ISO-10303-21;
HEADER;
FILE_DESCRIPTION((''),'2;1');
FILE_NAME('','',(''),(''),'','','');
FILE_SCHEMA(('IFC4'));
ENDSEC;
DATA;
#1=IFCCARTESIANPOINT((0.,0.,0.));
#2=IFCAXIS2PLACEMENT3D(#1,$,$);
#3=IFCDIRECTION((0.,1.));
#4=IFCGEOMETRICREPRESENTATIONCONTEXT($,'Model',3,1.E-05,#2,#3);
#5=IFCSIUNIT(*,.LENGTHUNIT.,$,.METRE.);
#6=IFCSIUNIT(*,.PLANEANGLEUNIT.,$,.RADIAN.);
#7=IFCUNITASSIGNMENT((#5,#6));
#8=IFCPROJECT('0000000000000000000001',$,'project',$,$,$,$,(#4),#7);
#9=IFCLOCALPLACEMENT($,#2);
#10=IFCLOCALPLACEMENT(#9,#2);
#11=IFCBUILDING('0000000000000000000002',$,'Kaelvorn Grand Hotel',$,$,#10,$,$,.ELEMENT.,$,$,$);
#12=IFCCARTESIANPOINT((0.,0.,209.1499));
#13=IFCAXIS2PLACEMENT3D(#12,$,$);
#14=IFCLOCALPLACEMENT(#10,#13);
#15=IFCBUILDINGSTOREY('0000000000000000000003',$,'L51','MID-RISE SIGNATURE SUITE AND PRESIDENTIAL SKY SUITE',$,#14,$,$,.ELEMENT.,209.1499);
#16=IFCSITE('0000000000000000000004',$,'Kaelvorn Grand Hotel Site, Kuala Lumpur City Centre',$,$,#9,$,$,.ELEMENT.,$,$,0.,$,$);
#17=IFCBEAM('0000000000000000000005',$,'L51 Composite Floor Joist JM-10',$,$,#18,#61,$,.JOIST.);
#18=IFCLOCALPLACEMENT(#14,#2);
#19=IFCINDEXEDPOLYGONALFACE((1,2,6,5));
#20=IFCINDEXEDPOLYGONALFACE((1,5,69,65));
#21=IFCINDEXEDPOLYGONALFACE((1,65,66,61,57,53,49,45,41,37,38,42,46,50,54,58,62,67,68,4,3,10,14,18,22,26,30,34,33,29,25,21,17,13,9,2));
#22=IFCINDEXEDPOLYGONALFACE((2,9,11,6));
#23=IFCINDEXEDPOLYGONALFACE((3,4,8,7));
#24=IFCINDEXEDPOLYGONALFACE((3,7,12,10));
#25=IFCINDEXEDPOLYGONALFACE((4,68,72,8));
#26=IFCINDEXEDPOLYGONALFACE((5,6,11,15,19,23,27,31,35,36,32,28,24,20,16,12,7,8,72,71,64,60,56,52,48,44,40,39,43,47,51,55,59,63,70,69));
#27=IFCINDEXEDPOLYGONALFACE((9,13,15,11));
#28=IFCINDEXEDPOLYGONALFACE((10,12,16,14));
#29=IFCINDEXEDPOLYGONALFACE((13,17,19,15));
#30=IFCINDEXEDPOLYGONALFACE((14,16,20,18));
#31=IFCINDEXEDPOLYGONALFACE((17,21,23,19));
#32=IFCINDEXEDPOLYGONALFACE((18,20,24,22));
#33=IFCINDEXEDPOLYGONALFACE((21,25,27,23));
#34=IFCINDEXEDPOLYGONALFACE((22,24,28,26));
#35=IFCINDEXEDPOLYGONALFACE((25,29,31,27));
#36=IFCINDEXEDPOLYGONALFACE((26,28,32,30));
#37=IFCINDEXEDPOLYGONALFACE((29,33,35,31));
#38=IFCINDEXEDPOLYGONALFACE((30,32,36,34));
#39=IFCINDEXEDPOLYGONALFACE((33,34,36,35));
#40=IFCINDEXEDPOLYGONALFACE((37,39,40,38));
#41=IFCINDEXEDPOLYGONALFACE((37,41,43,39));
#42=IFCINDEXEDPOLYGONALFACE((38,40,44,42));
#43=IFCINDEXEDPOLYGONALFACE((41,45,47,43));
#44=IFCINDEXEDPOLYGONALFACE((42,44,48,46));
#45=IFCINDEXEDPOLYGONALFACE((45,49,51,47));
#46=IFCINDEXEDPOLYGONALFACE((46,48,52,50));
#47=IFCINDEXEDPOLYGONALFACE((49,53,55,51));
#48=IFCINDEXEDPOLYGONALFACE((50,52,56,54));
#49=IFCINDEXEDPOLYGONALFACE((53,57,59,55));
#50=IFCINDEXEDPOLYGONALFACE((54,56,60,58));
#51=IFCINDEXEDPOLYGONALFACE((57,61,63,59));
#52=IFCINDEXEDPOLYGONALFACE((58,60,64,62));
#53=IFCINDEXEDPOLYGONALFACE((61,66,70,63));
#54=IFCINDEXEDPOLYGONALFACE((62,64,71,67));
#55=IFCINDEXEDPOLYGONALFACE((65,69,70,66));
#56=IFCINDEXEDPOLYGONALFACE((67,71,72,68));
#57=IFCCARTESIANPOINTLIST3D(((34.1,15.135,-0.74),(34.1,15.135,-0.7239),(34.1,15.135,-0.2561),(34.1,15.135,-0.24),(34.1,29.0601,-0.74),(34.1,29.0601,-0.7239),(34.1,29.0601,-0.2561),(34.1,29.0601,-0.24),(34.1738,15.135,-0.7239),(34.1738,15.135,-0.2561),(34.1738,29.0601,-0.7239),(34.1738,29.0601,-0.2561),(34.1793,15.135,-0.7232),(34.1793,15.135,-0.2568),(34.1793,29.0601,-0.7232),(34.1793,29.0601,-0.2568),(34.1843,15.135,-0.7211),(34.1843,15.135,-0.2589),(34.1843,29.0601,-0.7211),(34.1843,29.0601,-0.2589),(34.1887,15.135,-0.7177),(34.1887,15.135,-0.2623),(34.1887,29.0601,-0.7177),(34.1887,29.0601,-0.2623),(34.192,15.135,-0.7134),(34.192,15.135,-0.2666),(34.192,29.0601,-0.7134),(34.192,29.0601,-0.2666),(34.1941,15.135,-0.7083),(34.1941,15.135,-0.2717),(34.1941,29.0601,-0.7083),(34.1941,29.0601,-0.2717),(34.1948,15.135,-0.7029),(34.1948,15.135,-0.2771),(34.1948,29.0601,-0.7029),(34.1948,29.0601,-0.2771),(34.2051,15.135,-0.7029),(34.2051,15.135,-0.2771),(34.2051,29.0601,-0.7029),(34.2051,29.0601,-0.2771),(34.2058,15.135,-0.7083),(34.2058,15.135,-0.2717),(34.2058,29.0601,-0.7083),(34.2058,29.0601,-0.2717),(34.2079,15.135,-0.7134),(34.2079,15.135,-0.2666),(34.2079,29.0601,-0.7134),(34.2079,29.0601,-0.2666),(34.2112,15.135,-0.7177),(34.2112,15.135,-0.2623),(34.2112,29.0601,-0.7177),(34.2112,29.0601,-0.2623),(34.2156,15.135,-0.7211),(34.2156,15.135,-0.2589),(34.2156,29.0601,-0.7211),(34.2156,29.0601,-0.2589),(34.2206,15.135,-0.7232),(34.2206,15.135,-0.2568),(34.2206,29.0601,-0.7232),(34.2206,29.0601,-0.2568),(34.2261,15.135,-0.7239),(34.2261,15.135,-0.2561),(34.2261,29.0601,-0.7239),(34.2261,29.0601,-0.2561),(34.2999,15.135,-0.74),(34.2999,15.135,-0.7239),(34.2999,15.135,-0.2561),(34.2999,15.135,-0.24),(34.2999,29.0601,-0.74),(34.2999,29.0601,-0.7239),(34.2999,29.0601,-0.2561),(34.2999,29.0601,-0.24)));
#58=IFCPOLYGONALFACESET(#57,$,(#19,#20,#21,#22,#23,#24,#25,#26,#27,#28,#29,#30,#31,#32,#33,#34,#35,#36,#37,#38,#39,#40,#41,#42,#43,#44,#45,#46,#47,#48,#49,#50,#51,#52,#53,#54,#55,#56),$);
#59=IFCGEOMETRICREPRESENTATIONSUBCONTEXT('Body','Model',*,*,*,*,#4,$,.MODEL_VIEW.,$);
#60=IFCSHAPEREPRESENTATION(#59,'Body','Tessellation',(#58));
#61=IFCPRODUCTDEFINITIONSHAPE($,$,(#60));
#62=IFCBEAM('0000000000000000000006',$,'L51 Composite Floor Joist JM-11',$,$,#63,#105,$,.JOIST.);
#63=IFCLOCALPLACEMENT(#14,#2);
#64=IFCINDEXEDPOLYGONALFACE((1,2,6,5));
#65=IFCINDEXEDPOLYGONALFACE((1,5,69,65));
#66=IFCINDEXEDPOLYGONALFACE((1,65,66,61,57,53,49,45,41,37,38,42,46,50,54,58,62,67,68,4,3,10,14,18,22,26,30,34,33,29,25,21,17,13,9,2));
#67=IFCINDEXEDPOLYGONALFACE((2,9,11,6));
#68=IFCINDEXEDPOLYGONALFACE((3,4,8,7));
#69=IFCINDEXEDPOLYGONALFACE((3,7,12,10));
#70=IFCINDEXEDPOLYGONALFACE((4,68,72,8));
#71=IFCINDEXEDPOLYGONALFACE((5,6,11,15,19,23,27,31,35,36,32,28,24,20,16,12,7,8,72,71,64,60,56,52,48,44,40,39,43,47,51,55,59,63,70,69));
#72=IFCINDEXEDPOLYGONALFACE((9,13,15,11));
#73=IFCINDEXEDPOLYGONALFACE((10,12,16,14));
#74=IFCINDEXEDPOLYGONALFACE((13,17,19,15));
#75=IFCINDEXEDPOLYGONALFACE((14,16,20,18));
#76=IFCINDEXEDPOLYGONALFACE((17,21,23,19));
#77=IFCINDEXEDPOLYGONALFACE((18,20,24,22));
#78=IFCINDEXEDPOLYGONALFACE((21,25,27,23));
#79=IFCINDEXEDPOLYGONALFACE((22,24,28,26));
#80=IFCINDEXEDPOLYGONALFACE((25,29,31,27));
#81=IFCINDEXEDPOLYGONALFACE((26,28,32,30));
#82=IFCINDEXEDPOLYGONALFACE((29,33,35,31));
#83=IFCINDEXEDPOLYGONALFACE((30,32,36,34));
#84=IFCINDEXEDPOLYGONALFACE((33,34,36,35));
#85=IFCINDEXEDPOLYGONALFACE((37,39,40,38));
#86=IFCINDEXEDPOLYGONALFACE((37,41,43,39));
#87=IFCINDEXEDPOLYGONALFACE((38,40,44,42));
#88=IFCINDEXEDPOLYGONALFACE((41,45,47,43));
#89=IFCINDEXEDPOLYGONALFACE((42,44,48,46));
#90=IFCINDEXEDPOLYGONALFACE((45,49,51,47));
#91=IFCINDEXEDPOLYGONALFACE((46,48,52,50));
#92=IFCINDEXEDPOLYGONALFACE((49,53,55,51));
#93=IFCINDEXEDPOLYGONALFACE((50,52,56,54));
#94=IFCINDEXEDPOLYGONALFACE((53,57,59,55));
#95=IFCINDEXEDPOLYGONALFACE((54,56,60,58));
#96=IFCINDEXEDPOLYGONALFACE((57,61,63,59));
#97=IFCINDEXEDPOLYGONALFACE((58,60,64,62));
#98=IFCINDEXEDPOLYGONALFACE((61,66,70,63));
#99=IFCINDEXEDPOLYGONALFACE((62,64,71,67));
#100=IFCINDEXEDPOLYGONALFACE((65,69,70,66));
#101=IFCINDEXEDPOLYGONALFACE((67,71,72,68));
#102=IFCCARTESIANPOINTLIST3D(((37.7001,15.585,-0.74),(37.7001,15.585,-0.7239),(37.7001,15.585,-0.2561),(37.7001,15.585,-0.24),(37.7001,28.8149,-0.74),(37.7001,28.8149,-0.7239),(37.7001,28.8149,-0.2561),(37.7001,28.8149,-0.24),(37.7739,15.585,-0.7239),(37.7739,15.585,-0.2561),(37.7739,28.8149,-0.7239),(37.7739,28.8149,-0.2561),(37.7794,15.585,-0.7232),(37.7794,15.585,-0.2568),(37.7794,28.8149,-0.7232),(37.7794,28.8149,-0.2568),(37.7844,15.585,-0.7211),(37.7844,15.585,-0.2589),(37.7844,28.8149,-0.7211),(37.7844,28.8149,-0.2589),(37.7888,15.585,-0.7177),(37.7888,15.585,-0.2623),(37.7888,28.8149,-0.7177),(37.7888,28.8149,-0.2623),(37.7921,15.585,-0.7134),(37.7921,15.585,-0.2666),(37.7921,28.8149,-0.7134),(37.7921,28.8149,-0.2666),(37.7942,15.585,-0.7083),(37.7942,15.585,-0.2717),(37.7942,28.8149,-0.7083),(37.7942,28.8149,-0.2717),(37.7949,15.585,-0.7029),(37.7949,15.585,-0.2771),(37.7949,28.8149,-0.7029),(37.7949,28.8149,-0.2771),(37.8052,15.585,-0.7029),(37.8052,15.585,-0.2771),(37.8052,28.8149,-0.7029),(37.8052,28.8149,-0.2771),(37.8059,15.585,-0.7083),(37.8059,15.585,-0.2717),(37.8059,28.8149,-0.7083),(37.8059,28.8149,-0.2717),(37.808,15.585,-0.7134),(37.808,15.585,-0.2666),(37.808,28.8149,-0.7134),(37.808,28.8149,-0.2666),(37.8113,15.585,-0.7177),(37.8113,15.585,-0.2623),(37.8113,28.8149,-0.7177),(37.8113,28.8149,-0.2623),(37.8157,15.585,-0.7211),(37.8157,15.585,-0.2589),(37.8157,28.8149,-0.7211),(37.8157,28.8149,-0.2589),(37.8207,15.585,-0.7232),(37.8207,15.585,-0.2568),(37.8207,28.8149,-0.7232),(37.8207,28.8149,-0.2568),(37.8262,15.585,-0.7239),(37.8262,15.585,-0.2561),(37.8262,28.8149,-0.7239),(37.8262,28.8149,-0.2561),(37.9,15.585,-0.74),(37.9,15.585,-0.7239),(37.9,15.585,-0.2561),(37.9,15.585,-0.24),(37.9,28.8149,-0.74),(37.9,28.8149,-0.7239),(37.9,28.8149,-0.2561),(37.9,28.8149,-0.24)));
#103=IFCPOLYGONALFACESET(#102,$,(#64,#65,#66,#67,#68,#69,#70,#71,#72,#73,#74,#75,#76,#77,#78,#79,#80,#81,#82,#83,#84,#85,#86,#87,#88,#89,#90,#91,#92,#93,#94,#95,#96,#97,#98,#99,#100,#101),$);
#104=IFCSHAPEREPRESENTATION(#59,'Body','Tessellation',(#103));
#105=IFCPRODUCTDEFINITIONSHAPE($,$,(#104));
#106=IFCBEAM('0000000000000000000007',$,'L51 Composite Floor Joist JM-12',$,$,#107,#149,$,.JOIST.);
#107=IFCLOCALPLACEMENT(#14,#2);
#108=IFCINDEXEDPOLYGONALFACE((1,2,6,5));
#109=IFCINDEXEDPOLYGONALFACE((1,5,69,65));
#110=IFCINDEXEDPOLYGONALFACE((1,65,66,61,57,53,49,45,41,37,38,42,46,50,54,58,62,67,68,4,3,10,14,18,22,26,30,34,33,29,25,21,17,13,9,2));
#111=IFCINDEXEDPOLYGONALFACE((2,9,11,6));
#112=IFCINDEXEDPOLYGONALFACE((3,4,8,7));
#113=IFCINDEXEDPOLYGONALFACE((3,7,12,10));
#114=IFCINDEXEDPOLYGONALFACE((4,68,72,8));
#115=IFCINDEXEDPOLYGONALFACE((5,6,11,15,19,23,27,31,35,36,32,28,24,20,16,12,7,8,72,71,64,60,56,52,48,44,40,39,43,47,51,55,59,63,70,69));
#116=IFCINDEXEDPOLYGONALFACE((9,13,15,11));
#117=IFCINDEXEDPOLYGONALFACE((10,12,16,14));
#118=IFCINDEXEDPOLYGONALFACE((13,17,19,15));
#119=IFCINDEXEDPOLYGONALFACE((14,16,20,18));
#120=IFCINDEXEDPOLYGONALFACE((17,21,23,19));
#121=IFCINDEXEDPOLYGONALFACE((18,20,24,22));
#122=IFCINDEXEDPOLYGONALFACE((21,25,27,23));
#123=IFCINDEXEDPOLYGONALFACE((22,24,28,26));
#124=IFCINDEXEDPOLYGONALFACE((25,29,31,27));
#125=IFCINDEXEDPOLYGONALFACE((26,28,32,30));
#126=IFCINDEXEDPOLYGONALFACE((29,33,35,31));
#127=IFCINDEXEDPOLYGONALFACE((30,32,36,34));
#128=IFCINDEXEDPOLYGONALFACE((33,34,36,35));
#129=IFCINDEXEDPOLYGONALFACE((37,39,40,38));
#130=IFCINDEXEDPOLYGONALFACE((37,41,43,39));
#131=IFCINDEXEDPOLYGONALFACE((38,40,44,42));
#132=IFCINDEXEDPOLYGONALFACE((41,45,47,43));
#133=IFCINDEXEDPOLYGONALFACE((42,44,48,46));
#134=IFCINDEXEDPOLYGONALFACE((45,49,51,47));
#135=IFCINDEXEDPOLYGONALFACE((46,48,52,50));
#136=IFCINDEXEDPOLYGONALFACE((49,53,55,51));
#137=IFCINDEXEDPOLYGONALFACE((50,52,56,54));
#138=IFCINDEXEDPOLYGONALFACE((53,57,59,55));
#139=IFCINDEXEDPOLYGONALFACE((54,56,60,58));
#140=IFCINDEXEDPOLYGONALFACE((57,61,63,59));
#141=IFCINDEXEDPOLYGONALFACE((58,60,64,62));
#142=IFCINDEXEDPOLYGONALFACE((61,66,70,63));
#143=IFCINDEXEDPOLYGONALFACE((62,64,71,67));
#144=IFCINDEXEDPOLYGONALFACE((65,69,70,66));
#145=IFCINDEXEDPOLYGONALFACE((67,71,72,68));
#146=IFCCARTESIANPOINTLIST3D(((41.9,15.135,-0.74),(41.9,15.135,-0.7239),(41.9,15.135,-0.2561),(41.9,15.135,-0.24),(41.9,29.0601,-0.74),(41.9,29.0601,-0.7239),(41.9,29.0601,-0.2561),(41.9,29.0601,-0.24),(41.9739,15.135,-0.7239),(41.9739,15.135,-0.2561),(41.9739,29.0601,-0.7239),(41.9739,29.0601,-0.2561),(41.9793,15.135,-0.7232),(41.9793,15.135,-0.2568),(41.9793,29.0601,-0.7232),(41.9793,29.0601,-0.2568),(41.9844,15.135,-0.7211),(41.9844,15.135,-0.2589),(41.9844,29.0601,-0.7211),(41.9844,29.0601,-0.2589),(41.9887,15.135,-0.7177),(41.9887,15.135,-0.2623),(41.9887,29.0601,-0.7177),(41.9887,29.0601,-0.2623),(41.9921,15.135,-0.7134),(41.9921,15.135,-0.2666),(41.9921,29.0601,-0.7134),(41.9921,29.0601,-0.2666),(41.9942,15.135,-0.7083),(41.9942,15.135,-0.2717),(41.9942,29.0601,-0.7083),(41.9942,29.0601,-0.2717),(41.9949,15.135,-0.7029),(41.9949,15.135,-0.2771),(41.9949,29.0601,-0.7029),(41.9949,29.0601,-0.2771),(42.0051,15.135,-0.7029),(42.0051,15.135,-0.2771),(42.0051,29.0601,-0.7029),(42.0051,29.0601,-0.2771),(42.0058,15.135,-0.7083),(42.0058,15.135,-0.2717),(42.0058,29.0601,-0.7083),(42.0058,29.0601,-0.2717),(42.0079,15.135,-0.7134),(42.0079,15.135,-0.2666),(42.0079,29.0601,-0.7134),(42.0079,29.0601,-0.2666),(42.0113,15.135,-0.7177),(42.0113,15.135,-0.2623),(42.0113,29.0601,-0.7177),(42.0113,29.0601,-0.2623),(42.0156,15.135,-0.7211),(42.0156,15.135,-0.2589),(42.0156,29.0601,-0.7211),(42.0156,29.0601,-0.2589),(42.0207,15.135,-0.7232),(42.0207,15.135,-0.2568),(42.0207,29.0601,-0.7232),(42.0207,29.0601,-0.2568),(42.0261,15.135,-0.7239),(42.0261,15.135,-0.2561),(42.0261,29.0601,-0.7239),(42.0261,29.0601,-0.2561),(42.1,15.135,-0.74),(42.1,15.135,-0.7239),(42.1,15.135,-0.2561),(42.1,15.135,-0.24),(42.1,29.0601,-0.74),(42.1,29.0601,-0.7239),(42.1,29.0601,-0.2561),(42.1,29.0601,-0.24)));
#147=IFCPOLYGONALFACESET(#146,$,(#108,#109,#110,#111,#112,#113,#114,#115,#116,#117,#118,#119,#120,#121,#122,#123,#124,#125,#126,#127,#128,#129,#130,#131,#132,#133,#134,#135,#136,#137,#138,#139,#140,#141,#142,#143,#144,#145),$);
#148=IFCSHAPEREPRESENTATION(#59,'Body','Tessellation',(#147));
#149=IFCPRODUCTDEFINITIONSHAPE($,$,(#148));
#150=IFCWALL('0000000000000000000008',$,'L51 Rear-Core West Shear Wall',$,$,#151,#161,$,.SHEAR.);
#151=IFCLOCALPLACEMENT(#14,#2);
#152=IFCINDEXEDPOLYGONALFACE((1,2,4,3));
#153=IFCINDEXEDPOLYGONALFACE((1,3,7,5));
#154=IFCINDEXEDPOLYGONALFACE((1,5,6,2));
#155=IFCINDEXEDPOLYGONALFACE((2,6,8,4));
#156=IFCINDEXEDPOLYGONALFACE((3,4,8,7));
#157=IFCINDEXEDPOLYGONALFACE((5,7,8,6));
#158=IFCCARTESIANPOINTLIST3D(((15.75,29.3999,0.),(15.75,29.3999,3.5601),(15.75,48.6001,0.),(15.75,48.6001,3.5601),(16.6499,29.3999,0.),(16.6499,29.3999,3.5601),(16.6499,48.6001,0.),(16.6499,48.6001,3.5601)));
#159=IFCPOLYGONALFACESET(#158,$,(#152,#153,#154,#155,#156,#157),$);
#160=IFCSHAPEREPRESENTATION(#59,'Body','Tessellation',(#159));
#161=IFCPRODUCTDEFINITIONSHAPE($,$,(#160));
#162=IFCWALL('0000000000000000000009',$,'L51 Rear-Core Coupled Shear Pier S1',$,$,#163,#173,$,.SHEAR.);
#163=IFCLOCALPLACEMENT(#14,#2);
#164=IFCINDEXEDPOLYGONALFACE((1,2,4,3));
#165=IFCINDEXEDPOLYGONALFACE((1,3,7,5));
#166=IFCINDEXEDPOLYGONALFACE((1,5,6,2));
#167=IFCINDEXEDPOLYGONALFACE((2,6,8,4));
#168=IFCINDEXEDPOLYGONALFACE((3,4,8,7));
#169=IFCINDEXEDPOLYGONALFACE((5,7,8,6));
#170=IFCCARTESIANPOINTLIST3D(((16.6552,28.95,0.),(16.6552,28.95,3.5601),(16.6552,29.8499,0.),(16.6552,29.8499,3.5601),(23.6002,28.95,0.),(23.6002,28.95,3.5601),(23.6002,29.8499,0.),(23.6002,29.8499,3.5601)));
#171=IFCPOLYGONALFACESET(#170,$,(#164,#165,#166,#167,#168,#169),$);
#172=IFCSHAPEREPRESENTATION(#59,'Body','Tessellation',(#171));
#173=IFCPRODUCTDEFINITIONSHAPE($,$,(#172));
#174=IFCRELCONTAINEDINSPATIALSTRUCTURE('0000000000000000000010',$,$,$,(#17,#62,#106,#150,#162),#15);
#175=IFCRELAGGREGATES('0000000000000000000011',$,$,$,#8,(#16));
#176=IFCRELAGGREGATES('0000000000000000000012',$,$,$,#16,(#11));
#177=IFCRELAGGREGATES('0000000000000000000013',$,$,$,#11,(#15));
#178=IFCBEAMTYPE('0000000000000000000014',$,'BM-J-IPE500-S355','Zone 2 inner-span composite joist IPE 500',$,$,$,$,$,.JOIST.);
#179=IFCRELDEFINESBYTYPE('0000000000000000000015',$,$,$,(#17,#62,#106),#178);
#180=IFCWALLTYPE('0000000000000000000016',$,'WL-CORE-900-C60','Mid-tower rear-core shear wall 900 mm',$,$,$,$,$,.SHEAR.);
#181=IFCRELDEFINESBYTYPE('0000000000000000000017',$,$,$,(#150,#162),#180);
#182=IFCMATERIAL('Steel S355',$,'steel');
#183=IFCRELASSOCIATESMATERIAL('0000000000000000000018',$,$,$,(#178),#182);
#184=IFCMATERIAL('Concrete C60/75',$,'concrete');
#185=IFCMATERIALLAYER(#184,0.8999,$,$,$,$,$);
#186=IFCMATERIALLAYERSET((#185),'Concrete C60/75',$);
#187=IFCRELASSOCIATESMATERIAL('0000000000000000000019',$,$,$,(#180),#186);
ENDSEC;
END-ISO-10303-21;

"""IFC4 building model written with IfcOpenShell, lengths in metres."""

from ifc_helpers import new_model, si_unit, direction, frame, frame_2d, origin, origin_2d, place, context, subcontext, project, spatial, rectangle, i_section, extrude, material, layer, layer_set, material_profile, profile_set, type_object, element, save


model = new_model("IFC4")

# Units and contexts
model_context = context("Model", 3, precision=1e-05, world=origin(), true_north=direction((0.0, 1.0)))
body_context = subcontext(model_context, "Body", "Model", "MODEL_VIEW")
ifc_project = project(units=[si_unit("LENGTHUNIT", "METRE"), si_unit("PLANEANGLEUNIT", "RADIAN")], contexts=[model_context])

# Site, building, storey
site_placement = place(None, origin())
site = spatial("IfcSite", under=ifc_project, at=site_placement, Name="Kaelvorn Grand Hotel Site, Kuala Lumpur City Centre", CompositionType="ELEMENT", RefElevation=0.0)
building_placement = place(site_placement, origin())
building = spatial("IfcBuilding", under=site, at=building_placement, Name="Kaelvorn Grand Hotel", CompositionType="ELEMENT")
storey_placement = place(building_placement, frame((0.0, 0.0, 209.1499)))
storey = spatial("IfcBuildingStorey", under=building, at=storey_placement, Name="L51", Description="MID-RISE SIGNATURE SUITE AND PRESIDENTIAL SKY SUITE", CompositionType="ELEMENT", Elevation=209.1499)

# Shared definitions
ifc_material_1 = material(Name="Concrete C60/75", Category="concrete")

# Beams
ifc_material_2 = material(Name="Steel S355", Category="steel")
ifc_material_profile_1 = material_profile(ifc_material_2, i_section(OverallWidth=0.2, OverallDepth=0.5, WebThickness=0.0103, FlangeThickness=0.0161, FilletRadius=0.021, at=origin_2d()), Name="IPE 500")
ifc_profile_set_1 = profile_set([ifc_material_profile_1], Name="Steel S355")
beam_type_1 = type_object("IfcBeamType", Name="BM-J-IPE500-S355", Description="Zone 2 inner-span composite joist IPE 500", PredefinedType="JOIST", material=ifc_profile_set_1)
beam_1_placement = place(storey_placement, frame((34.2, 15.135, -0.49), z_axis=(0.0, 1.0, 0.0), x_axis=(-1.0, 0.0, 0.0)))
element("IfcBeam", 1, at=beam_1_placement, inside=storey, type_object=beam_type_1, Name="L51 Composite Floor Joist JM-10", PredefinedType="JOIST", context=body_context, shape_type="SweptSolid", body=[
    extrude(i_section(OverallWidth=0.2, OverallDepth=0.5, WebThickness=0.0103, FlangeThickness=0.0161, FilletRadius=0.021, at=origin_2d()), origin(), (0.0, 0.0, 1.0), 13.925),
])
beam_2_placement = place(storey_placement, frame((37.8, 15.585, -0.49), z_axis=(0.0, 1.0, 0.0), x_axis=(-1.0, 0.0, 0.0)))
element("IfcBeam", 2, at=beam_2_placement, inside=storey, type_object=beam_type_1, Name="L51 Composite Floor Joist JM-11", PredefinedType="JOIST", context=body_context, shape_type="SweptSolid", body=[
    extrude(i_section(OverallWidth=0.2, OverallDepth=0.5, WebThickness=0.0103, FlangeThickness=0.0161, FilletRadius=0.021, at=origin_2d()), origin(), (0.0, 0.0, 1.0), 13.23),
])
beam_3_placement = place(storey_placement, frame((42.0, 15.135, -0.49), z_axis=(0.0, 1.0, 0.0), x_axis=(-1.0, 0.0, 0.0)))
element("IfcBeam", 3, at=beam_3_placement, inside=storey, type_object=beam_type_1, Name="L51 Composite Floor Joist JM-12", PredefinedType="JOIST", context=body_context, shape_type="SweptSolid", body=[
    extrude(i_section(OverallWidth=0.2, OverallDepth=0.5, WebThickness=0.0103, FlangeThickness=0.0161, FilletRadius=0.021, at=origin_2d()), origin(), (0.0, 0.0, 1.0), 13.925),
])

# Walls
ifc_layer_1 = layer(ifc_material_1, 0.8999)
ifc_layer_set_1 = layer_set([ifc_layer_1], Name="Concrete C60/75")
wall_type_1 = type_object("IfcWallType", Name="WL-CORE-900-C60", Description="Mid-tower rear-core shear wall 900 mm", PredefinedType="SHEAR", material=ifc_layer_set_1)
wall_1_placement = place(storey_placement, frame((16.2, 29.3999, 0.0), z_axis=(0.0, 0.0, 1.0), x_axis=(0.0, 1.0, 0.0)))
element("IfcWall", 4, at=wall_1_placement, inside=storey, type_object=wall_type_1, Name="L51 Rear-Core West Shear Wall", PredefinedType="SHEAR", context=body_context, shape_type="SweptSolid", body=[
    extrude(rectangle(XDim=19.2002, YDim=0.8999, at=frame_2d((9.6001, 0.0))), origin(), (0.0, 0.0, 1.0), 3.5601),
])
wall_2_placement = place(storey_placement, frame((16.655, 29.3999, 0.0), z_axis=(0.0, 0.0, 1.0), x_axis=(1.0, 0.0, 0.0)))
element("IfcWall", 5, at=wall_2_placement, inside=storey, type_object=wall_type_1, Name="L51 Rear-Core Coupled Shear Pier S1", PredefinedType="SHEAR", context=body_context, shape_type="SweptSolid", body=[
    extrude(rectangle(XDim=6.9451, YDim=0.8999, at=frame_2d((3.4727, 0.0))), origin(), (0.0, 0.0, 1.0), 3.5601),
])

save(model, "model.ifc")
